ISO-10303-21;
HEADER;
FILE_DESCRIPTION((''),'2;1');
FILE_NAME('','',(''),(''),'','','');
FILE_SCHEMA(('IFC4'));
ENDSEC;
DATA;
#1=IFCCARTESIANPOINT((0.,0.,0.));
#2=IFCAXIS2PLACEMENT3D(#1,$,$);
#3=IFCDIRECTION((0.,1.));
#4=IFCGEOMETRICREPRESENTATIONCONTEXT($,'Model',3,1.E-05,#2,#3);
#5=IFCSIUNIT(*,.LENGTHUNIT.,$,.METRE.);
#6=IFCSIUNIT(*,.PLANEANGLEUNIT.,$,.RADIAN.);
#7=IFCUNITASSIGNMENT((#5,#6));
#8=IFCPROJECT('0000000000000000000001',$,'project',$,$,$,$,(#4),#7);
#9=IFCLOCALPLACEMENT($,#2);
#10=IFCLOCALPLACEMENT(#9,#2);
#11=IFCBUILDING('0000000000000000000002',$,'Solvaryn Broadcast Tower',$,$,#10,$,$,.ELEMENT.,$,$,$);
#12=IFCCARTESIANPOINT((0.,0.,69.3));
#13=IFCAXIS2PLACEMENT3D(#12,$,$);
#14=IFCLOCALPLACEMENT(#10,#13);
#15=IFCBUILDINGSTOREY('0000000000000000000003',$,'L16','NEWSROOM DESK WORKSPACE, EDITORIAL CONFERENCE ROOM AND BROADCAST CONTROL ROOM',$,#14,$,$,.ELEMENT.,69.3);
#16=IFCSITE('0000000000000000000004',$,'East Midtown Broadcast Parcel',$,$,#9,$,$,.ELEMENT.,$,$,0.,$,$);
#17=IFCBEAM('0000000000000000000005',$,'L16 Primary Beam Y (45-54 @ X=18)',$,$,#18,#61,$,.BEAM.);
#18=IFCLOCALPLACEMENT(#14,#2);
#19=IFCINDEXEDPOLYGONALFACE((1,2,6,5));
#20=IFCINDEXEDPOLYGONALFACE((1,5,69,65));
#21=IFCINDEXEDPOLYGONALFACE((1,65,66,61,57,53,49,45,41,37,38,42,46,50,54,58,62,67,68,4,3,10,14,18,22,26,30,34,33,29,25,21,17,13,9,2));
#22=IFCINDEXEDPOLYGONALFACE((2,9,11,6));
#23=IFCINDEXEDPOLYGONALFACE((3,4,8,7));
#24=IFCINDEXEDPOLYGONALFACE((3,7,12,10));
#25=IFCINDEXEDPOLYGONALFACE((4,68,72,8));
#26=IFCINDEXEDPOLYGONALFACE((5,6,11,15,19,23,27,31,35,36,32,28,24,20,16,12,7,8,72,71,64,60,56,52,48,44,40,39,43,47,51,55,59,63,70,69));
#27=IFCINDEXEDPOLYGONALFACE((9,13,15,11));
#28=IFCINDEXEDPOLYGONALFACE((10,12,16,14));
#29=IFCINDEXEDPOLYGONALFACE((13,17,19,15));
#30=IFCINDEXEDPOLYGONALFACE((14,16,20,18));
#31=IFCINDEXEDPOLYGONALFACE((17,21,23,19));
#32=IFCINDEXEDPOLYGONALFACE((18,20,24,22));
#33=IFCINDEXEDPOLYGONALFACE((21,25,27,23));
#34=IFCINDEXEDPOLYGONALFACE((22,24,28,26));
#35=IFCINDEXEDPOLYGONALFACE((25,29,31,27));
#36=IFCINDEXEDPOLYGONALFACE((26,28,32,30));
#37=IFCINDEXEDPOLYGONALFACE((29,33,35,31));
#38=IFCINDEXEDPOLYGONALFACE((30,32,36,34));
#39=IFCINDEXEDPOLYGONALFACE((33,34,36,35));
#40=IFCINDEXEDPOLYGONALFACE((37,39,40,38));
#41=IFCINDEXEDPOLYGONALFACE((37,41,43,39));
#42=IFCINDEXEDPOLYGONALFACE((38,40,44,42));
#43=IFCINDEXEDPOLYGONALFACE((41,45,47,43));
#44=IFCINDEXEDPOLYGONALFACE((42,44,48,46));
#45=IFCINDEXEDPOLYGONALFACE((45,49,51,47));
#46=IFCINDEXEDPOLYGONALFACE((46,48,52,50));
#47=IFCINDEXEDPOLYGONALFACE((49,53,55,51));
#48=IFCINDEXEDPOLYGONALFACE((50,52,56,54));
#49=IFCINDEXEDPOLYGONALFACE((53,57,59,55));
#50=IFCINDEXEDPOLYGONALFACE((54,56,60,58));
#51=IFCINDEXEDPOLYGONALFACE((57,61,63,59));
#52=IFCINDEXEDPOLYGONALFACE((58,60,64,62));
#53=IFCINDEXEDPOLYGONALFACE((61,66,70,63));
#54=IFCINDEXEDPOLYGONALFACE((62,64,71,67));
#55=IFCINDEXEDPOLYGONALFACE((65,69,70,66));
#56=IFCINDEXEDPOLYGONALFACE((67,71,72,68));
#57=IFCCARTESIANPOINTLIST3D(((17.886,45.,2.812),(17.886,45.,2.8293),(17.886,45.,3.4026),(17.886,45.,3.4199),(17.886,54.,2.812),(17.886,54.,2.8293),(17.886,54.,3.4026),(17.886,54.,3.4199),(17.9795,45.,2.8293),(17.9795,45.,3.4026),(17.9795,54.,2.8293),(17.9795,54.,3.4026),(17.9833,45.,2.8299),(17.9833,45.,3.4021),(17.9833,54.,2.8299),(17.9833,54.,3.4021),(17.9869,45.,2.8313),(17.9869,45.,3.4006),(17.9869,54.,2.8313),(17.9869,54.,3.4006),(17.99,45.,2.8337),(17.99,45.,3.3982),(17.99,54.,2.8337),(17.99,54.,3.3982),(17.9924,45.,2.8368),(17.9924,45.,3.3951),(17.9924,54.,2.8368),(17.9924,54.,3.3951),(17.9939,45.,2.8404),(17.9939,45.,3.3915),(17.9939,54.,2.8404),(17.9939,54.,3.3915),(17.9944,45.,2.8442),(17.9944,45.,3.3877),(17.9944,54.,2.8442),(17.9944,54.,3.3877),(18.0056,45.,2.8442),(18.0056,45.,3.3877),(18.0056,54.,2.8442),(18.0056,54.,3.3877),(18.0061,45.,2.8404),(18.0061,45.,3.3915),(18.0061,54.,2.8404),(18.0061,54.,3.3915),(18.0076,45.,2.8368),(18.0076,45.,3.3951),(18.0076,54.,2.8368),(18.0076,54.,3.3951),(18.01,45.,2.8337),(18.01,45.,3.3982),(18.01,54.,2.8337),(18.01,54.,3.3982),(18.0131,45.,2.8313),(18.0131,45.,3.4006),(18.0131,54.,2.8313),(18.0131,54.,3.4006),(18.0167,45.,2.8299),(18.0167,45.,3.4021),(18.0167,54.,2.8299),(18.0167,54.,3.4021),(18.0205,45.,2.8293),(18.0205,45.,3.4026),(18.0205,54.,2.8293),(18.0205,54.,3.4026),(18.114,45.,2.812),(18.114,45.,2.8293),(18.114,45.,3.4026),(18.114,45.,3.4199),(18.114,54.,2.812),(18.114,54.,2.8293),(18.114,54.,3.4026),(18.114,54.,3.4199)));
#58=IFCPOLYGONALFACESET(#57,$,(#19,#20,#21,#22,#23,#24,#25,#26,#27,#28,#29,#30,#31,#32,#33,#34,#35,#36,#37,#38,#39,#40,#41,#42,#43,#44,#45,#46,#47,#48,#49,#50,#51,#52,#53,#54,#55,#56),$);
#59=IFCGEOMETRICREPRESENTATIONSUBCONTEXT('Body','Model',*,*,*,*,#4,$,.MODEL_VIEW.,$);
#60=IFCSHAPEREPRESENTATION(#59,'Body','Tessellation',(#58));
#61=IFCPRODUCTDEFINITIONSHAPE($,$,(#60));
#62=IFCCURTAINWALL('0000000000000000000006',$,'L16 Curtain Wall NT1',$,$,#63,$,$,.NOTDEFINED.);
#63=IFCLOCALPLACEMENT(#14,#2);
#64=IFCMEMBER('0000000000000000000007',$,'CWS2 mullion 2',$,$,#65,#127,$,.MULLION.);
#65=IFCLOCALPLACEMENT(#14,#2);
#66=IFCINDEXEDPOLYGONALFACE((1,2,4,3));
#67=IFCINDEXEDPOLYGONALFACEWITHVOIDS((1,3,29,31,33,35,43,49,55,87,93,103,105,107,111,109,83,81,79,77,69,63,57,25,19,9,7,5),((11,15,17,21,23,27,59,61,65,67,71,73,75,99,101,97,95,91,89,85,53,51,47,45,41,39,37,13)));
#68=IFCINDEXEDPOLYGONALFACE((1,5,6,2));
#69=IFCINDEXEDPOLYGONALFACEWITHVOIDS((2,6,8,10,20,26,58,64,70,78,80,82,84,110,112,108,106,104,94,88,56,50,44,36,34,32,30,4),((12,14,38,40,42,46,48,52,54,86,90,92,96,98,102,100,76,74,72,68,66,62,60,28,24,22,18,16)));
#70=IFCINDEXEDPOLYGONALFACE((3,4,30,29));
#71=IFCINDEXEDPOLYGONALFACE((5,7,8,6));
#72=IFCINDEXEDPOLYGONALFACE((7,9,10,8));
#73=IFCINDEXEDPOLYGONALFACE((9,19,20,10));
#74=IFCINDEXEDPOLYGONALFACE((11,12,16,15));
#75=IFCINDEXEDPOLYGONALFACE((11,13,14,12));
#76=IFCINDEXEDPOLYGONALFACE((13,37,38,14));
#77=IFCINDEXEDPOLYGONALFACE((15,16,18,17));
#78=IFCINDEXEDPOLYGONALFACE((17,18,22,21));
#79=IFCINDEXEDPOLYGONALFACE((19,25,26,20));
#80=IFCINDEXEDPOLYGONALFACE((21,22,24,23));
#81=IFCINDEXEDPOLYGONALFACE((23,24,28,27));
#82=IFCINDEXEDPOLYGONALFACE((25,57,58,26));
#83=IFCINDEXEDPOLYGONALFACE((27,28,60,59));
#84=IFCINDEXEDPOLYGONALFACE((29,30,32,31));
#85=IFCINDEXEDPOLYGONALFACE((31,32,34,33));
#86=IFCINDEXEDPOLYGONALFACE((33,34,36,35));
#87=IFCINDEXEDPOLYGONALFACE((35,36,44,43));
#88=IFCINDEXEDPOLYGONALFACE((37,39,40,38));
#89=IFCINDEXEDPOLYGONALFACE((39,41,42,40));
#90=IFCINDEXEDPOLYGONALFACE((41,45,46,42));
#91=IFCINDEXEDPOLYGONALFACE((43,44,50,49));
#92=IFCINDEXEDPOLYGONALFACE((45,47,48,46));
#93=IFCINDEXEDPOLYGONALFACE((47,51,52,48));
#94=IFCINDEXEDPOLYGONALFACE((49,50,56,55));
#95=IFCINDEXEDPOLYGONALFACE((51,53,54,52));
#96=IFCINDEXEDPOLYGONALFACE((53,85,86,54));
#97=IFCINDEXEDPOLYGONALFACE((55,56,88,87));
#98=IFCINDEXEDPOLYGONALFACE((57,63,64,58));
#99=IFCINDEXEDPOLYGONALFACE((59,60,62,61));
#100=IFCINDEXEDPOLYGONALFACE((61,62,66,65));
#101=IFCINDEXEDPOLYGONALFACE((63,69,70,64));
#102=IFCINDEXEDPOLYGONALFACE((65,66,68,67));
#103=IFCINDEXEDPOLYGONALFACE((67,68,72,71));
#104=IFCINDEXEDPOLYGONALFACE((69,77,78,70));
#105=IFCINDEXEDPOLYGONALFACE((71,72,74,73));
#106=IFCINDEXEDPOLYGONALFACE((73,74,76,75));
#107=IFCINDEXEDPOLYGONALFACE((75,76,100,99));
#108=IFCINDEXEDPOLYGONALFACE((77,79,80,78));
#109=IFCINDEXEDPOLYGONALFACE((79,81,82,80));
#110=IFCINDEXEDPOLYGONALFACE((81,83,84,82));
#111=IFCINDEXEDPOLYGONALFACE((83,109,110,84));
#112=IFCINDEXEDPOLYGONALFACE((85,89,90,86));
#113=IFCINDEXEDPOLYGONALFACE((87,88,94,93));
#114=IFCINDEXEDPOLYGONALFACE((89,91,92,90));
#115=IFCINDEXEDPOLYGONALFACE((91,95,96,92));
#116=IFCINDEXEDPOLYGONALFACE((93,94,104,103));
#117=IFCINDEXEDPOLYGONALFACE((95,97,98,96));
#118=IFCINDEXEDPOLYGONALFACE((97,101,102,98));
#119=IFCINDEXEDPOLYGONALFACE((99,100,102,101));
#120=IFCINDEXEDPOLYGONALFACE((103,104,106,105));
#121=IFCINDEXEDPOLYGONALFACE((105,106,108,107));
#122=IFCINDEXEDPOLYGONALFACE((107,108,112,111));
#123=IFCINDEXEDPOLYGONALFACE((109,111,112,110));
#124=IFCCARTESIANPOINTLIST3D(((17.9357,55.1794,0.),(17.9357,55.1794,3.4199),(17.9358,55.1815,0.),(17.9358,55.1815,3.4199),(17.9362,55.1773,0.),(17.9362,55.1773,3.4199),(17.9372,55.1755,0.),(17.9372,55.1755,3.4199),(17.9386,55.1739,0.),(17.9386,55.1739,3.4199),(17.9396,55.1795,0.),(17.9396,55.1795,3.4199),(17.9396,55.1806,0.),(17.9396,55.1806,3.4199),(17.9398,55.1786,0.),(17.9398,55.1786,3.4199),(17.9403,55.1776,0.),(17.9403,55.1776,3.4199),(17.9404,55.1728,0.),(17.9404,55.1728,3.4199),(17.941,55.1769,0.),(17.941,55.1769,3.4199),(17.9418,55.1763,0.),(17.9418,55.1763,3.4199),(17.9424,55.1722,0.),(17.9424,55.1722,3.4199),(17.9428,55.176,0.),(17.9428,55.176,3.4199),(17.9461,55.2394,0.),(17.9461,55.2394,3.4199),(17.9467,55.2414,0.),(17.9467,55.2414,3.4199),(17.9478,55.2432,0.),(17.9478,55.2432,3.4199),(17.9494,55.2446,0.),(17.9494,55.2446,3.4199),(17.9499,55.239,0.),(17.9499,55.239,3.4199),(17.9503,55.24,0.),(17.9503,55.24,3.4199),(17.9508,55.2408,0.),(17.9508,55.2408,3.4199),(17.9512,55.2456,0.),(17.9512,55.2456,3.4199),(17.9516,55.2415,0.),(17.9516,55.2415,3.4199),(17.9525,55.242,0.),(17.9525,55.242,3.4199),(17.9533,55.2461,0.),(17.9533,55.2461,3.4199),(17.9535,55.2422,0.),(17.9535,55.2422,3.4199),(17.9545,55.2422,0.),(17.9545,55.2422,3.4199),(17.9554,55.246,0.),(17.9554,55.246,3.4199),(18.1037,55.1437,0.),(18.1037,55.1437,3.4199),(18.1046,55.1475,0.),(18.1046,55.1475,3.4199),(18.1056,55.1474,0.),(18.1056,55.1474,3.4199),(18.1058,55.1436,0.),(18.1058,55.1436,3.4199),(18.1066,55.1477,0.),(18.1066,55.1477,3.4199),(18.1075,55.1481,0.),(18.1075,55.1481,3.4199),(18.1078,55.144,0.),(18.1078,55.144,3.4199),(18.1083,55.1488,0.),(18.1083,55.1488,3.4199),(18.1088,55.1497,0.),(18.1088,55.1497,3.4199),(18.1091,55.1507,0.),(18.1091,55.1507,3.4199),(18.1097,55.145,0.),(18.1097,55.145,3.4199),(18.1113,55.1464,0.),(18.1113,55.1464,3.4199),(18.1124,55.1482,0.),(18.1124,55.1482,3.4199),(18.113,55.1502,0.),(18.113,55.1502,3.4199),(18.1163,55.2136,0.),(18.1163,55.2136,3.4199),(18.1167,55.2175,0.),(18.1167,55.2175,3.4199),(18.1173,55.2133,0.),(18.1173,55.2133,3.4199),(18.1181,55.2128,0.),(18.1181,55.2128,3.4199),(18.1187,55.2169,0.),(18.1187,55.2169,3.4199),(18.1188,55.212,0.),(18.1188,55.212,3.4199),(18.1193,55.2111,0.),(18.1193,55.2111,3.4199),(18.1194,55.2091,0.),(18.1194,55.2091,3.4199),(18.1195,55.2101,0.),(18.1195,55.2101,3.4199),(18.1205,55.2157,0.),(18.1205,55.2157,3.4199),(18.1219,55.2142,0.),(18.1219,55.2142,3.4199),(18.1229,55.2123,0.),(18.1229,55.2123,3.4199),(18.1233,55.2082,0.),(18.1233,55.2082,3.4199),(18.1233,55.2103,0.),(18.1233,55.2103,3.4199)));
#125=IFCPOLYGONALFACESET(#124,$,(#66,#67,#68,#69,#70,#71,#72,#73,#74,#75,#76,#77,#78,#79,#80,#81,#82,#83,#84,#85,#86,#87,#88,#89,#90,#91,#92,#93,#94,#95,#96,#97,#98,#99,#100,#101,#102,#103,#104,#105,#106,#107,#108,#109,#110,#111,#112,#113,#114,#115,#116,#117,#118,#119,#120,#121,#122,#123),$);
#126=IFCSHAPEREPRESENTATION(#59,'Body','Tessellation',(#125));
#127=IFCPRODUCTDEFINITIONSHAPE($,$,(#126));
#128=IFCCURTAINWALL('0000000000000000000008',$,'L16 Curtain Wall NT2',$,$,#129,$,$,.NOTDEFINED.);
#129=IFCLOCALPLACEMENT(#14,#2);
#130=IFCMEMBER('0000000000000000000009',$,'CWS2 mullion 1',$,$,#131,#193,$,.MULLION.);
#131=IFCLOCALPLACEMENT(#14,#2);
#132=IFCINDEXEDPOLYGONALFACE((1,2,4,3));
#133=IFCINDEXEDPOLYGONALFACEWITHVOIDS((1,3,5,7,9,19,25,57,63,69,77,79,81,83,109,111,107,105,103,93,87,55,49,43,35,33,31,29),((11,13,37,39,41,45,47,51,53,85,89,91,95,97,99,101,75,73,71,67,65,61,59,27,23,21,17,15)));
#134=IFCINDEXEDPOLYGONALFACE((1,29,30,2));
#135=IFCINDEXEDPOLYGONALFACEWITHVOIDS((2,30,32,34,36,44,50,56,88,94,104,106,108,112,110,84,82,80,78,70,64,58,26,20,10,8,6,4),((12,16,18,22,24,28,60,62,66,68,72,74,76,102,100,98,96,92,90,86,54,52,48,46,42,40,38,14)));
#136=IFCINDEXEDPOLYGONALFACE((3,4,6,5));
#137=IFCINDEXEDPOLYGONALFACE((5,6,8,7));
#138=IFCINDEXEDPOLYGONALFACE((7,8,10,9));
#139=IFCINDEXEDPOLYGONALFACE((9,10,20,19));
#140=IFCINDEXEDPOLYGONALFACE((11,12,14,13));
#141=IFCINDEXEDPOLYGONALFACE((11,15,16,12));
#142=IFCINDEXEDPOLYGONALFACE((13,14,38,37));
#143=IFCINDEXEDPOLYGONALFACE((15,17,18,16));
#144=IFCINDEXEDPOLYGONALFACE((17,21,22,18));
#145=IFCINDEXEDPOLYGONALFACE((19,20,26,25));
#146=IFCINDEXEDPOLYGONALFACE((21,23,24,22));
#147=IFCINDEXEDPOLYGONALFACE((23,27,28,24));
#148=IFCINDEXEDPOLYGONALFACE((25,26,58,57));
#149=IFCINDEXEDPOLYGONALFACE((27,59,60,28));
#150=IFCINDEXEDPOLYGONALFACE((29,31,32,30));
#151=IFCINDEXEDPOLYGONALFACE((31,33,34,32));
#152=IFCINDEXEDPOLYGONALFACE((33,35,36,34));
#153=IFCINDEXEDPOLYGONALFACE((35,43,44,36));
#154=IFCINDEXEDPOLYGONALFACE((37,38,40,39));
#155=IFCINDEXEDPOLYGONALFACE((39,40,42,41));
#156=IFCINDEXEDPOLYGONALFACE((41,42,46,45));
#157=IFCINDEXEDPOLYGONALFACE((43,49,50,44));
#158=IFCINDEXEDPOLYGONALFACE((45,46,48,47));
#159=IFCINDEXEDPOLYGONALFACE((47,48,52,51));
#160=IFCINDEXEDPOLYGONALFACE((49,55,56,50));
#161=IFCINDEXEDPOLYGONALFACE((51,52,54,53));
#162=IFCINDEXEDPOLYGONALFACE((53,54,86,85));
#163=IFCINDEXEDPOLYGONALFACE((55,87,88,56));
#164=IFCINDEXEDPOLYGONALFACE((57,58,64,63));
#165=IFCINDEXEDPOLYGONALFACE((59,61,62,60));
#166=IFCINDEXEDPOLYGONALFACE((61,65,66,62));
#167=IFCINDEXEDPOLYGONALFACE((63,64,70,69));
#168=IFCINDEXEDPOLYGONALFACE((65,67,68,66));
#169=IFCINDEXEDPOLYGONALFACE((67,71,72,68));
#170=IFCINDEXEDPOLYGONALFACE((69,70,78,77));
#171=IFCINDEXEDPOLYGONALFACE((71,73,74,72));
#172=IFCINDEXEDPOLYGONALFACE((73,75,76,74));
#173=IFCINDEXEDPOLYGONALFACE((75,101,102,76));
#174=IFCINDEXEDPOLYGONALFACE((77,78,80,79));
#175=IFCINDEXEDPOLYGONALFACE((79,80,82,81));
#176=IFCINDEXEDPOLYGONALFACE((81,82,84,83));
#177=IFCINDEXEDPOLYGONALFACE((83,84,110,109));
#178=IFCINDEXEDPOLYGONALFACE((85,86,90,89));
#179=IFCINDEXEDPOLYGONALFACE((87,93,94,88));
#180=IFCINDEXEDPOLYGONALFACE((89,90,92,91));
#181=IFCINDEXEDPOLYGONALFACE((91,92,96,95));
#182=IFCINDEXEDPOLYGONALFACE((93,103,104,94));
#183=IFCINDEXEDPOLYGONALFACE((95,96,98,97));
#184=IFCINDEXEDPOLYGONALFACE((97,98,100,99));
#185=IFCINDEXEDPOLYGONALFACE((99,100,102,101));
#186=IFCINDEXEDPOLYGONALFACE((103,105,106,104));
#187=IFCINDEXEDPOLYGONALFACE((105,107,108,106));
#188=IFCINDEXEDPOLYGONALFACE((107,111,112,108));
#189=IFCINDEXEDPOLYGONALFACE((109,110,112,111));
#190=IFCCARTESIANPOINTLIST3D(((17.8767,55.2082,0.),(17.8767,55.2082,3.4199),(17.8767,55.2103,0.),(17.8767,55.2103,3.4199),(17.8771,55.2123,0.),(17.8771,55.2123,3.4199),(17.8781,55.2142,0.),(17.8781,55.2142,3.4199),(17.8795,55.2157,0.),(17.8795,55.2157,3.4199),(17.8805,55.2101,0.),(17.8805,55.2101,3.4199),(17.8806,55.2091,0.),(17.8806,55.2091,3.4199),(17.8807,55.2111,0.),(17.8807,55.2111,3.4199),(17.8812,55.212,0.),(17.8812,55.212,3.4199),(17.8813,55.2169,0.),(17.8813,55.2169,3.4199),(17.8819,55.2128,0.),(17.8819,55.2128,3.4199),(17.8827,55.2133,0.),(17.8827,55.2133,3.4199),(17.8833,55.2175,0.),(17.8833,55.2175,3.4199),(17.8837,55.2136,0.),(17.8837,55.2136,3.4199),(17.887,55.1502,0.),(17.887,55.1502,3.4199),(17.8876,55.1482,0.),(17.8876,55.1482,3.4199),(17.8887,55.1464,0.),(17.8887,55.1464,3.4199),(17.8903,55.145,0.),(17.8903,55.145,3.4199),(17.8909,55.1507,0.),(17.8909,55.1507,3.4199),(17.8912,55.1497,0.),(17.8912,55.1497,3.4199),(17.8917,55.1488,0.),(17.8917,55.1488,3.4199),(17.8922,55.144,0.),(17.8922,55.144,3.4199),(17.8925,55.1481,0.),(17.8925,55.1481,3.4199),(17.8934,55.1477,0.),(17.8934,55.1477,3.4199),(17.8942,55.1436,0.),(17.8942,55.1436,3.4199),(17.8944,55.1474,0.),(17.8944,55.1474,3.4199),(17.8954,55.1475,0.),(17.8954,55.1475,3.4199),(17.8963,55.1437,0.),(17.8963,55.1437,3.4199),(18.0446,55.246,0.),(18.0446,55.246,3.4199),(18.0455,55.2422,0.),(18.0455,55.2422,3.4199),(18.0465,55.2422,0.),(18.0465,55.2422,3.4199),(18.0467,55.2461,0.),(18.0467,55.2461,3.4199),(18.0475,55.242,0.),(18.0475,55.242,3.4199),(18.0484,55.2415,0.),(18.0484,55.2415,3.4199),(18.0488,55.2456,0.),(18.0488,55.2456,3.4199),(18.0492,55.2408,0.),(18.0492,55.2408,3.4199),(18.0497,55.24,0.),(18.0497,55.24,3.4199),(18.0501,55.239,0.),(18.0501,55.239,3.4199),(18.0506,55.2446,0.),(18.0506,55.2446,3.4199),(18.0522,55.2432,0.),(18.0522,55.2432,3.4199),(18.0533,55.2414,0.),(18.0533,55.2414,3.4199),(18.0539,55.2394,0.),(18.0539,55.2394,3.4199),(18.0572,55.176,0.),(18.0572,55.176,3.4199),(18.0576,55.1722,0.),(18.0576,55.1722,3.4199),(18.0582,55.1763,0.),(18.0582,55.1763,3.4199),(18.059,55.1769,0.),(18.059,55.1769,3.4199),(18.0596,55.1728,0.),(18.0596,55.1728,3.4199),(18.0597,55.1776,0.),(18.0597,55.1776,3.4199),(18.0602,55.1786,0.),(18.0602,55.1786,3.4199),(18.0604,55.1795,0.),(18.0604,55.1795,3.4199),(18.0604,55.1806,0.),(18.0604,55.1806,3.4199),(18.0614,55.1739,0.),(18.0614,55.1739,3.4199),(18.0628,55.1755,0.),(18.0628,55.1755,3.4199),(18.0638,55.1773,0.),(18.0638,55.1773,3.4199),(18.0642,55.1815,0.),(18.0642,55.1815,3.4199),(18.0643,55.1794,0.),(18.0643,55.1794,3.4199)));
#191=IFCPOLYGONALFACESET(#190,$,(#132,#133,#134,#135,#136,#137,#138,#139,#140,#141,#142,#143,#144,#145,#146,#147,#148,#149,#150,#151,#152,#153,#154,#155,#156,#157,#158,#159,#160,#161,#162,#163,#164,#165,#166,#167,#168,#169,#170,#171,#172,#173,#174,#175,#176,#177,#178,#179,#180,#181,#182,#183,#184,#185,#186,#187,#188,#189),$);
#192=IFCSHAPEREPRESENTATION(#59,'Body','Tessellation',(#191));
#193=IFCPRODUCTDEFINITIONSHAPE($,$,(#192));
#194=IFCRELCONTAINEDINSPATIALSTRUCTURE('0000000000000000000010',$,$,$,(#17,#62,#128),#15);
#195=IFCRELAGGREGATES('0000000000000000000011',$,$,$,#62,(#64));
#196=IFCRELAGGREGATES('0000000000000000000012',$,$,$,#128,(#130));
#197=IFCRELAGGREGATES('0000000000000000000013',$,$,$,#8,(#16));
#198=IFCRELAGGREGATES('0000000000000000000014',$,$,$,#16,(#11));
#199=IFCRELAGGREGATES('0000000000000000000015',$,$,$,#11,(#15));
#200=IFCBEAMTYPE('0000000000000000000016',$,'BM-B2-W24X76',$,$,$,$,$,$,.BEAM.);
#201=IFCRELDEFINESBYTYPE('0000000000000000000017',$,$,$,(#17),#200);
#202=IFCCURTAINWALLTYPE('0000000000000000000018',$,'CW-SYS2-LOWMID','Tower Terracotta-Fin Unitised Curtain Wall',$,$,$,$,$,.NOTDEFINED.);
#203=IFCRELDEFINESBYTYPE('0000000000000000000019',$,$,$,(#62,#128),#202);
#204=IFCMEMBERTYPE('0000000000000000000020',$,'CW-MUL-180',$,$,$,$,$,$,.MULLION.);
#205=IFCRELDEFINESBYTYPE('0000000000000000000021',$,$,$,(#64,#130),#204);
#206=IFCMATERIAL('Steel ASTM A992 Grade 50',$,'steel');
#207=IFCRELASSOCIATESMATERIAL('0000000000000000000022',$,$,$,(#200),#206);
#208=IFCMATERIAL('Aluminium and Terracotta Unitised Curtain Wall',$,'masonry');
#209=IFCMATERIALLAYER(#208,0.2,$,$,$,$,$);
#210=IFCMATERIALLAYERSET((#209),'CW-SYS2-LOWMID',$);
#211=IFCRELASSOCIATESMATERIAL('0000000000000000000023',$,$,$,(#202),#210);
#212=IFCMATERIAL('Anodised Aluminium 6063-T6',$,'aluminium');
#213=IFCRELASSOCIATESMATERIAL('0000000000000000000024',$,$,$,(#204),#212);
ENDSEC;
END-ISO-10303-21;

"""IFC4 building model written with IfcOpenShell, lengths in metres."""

from ifc_helpers import new_model, si_unit, direction, frame, origin, origin_2d, place, context, subcontext, project, spatial, hollow_rectangle, i_section, extrude, material, layer, layer_set, material_profile, profile_set, type_object, element, aggregate, save


model = new_model("IFC4")

# Units and contexts
model_context = context("Model", 3, precision=1e-05, world=origin(), true_north=direction((0.0, 1.0)))
body_context = subcontext(model_context, "Body", "Model", "MODEL_VIEW")
ifc_project = project(units=[si_unit("LENGTHUNIT", "METRE"), si_unit("PLANEANGLEUNIT", "RADIAN")], contexts=[model_context])

# Site, building, storey
site_placement = place(None, origin())
site = spatial("IfcSite", under=ifc_project, at=site_placement, Name="East Midtown Broadcast Parcel", CompositionType="ELEMENT", RefElevation=0.0)
building_placement = place(site_placement, origin())
building = spatial("IfcBuilding", under=site, at=building_placement, Name="Solvaryn Broadcast Tower", CompositionType="ELEMENT")
storey_placement = place(building_placement, frame((0.0, 0.0, 69.3)))
storey = spatial("IfcBuildingStorey", under=building, at=storey_placement, Name="L16", Description="NEWSROOM DESK WORKSPACE, EDITORIAL CONFERENCE ROOM AND BROADCAST CONTROL ROOM", CompositionType="ELEMENT", Elevation=69.3)

# Beam
ifc_material_1 = material(Name="Steel ASTM A992 Grade 50", Category="steel")
ifc_material_profile_1 = material_profile(ifc_material_1, i_section(OverallWidth=0.228, OverallDepth=0.6079, WebThickness=0.0112, FlangeThickness=0.0173, FilletRadius=0.0149, at=origin_2d()))
ifc_profile_set_1 = profile_set([ifc_material_profile_1], Name="Steel ASTM A992 Grade 50")
beam_type_1 = type_object("IfcBeamType", Name="BM-B2-W24X76", PredefinedType="BEAM", material=ifc_profile_set_1)
beam_1_placement = place(storey_placement, frame((18.0, 45.0, 3.116), z_axis=(0.0, 1.0, 0.0), x_axis=(-1.0, 0.0, 0.0)))
element("IfcBeam", 1, at=beam_1_placement, inside=storey, type_object=beam_type_1, Name="L16 Primary Beam Y (45-54 @ X=18)", PredefinedType="BEAM", context=body_context, shape_type="SweptSolid", body=[
    extrude(i_section(OverallWidth=0.228, OverallDepth=0.6079, WebThickness=0.0112, FlangeThickness=0.0173, FilletRadius=0.0149, at=origin_2d()), origin(), (0.0, 0.0, 1.0), 9.0),
])

# Curtain walls, members
ifc_material_2 = material(Name="Aluminium and Terracotta Unitised Curtain Wall", Category="masonry")
ifc_layer_1 = layer(ifc_material_2, 0.2)
ifc_layer_set_1 = layer_set([ifc_layer_1], Name="CW-SYS2-LOWMID")
curtain_wall_type = type_object("IfcCurtainWallType", Name="CW-SYS2-LOWMID", Description="Tower Terracotta-Fin Unitised Curtain Wall", PredefinedType="NOTDEFINED", material=ifc_layer_set_1)
curtain_wall_1_placement = place(storey_placement, origin())
curtain_wall_1 = element("IfcCurtainWall", 2, at=curtain_wall_1_placement, inside=storey, type_object=curtain_wall_type, Name="L16 Curtain Wall NT1", PredefinedType="NOTDEFINED")
ifc_material_3 = material(Name="Anodised Aluminium 6063-T6", Category="aluminium")
ifc_material_profile_2 = material_profile(ifc_material_3, hollow_rectangle(XDim=0.075, YDim=0.1799, WallThickness=0.0039, InnerFilletRadius=0.0039, OuterFilletRadius=0.0081, at=origin_2d()))
ifc_profile_set_2 = profile_set([ifc_material_profile_2], Name="Anodised Aluminium 6063-T6")
member_type_1 = type_object("IfcMemberType", Name="CW-MUL-180", PredefinedType="MULLION", material=ifc_profile_set_2)
member_1_placement = place(storey_placement, frame((18.0295, 55.1948, 0.0), z_axis=(0.0, 0.0, 1.0), x_axis=(-0.173785, -0.984784, 0.0)))
member_1 = element("IfcMember", 3, at=member_1_placement, type_object=member_type_1, Name="CWS2 mullion 2", PredefinedType="MULLION", context=body_context, shape_type="SweptSolid", body=[
    extrude(hollow_rectangle(XDim=0.075, YDim=0.1799, WallThickness=0.0039, InnerFilletRadius=0.0039, OuterFilletRadius=0.0081, at=origin_2d()), origin(), (0.0, 0.0, 1.0), 3.4199),
])
curtain_wall_2_placement = place(storey_placement, origin())
curtain_wall_2 = element("IfcCurtainWall", 4, at=curtain_wall_2_placement, inside=storey, type_object=curtain_wall_type, Name="L16 Curtain Wall NT2", PredefinedType="NOTDEFINED")
member_2_placement = place(storey_placement, frame((17.9705, 55.1948, 0.0), z_axis=(0.0, 0.0, 1.0), x_axis=(0.173785, -0.984784, 0.0)))
member_2 = element("IfcMember", 5, at=member_2_placement, type_object=member_type_1, Name="CWS2 mullion 1", PredefinedType="MULLION", context=body_context, shape_type="SweptSolid", body=[
    extrude(hollow_rectangle(XDim=0.075, YDim=0.1799, WallThickness=0.0039, InnerFilletRadius=0.0039, OuterFilletRadius=0.0081, at=origin_2d()), origin(), (0.0, 0.0, 1.0), 3.4199),
])

aggregate(curtain_wall_1, [member_1])
aggregate(curtain_wall_2, [member_2])

save(model, "model.ifc")
